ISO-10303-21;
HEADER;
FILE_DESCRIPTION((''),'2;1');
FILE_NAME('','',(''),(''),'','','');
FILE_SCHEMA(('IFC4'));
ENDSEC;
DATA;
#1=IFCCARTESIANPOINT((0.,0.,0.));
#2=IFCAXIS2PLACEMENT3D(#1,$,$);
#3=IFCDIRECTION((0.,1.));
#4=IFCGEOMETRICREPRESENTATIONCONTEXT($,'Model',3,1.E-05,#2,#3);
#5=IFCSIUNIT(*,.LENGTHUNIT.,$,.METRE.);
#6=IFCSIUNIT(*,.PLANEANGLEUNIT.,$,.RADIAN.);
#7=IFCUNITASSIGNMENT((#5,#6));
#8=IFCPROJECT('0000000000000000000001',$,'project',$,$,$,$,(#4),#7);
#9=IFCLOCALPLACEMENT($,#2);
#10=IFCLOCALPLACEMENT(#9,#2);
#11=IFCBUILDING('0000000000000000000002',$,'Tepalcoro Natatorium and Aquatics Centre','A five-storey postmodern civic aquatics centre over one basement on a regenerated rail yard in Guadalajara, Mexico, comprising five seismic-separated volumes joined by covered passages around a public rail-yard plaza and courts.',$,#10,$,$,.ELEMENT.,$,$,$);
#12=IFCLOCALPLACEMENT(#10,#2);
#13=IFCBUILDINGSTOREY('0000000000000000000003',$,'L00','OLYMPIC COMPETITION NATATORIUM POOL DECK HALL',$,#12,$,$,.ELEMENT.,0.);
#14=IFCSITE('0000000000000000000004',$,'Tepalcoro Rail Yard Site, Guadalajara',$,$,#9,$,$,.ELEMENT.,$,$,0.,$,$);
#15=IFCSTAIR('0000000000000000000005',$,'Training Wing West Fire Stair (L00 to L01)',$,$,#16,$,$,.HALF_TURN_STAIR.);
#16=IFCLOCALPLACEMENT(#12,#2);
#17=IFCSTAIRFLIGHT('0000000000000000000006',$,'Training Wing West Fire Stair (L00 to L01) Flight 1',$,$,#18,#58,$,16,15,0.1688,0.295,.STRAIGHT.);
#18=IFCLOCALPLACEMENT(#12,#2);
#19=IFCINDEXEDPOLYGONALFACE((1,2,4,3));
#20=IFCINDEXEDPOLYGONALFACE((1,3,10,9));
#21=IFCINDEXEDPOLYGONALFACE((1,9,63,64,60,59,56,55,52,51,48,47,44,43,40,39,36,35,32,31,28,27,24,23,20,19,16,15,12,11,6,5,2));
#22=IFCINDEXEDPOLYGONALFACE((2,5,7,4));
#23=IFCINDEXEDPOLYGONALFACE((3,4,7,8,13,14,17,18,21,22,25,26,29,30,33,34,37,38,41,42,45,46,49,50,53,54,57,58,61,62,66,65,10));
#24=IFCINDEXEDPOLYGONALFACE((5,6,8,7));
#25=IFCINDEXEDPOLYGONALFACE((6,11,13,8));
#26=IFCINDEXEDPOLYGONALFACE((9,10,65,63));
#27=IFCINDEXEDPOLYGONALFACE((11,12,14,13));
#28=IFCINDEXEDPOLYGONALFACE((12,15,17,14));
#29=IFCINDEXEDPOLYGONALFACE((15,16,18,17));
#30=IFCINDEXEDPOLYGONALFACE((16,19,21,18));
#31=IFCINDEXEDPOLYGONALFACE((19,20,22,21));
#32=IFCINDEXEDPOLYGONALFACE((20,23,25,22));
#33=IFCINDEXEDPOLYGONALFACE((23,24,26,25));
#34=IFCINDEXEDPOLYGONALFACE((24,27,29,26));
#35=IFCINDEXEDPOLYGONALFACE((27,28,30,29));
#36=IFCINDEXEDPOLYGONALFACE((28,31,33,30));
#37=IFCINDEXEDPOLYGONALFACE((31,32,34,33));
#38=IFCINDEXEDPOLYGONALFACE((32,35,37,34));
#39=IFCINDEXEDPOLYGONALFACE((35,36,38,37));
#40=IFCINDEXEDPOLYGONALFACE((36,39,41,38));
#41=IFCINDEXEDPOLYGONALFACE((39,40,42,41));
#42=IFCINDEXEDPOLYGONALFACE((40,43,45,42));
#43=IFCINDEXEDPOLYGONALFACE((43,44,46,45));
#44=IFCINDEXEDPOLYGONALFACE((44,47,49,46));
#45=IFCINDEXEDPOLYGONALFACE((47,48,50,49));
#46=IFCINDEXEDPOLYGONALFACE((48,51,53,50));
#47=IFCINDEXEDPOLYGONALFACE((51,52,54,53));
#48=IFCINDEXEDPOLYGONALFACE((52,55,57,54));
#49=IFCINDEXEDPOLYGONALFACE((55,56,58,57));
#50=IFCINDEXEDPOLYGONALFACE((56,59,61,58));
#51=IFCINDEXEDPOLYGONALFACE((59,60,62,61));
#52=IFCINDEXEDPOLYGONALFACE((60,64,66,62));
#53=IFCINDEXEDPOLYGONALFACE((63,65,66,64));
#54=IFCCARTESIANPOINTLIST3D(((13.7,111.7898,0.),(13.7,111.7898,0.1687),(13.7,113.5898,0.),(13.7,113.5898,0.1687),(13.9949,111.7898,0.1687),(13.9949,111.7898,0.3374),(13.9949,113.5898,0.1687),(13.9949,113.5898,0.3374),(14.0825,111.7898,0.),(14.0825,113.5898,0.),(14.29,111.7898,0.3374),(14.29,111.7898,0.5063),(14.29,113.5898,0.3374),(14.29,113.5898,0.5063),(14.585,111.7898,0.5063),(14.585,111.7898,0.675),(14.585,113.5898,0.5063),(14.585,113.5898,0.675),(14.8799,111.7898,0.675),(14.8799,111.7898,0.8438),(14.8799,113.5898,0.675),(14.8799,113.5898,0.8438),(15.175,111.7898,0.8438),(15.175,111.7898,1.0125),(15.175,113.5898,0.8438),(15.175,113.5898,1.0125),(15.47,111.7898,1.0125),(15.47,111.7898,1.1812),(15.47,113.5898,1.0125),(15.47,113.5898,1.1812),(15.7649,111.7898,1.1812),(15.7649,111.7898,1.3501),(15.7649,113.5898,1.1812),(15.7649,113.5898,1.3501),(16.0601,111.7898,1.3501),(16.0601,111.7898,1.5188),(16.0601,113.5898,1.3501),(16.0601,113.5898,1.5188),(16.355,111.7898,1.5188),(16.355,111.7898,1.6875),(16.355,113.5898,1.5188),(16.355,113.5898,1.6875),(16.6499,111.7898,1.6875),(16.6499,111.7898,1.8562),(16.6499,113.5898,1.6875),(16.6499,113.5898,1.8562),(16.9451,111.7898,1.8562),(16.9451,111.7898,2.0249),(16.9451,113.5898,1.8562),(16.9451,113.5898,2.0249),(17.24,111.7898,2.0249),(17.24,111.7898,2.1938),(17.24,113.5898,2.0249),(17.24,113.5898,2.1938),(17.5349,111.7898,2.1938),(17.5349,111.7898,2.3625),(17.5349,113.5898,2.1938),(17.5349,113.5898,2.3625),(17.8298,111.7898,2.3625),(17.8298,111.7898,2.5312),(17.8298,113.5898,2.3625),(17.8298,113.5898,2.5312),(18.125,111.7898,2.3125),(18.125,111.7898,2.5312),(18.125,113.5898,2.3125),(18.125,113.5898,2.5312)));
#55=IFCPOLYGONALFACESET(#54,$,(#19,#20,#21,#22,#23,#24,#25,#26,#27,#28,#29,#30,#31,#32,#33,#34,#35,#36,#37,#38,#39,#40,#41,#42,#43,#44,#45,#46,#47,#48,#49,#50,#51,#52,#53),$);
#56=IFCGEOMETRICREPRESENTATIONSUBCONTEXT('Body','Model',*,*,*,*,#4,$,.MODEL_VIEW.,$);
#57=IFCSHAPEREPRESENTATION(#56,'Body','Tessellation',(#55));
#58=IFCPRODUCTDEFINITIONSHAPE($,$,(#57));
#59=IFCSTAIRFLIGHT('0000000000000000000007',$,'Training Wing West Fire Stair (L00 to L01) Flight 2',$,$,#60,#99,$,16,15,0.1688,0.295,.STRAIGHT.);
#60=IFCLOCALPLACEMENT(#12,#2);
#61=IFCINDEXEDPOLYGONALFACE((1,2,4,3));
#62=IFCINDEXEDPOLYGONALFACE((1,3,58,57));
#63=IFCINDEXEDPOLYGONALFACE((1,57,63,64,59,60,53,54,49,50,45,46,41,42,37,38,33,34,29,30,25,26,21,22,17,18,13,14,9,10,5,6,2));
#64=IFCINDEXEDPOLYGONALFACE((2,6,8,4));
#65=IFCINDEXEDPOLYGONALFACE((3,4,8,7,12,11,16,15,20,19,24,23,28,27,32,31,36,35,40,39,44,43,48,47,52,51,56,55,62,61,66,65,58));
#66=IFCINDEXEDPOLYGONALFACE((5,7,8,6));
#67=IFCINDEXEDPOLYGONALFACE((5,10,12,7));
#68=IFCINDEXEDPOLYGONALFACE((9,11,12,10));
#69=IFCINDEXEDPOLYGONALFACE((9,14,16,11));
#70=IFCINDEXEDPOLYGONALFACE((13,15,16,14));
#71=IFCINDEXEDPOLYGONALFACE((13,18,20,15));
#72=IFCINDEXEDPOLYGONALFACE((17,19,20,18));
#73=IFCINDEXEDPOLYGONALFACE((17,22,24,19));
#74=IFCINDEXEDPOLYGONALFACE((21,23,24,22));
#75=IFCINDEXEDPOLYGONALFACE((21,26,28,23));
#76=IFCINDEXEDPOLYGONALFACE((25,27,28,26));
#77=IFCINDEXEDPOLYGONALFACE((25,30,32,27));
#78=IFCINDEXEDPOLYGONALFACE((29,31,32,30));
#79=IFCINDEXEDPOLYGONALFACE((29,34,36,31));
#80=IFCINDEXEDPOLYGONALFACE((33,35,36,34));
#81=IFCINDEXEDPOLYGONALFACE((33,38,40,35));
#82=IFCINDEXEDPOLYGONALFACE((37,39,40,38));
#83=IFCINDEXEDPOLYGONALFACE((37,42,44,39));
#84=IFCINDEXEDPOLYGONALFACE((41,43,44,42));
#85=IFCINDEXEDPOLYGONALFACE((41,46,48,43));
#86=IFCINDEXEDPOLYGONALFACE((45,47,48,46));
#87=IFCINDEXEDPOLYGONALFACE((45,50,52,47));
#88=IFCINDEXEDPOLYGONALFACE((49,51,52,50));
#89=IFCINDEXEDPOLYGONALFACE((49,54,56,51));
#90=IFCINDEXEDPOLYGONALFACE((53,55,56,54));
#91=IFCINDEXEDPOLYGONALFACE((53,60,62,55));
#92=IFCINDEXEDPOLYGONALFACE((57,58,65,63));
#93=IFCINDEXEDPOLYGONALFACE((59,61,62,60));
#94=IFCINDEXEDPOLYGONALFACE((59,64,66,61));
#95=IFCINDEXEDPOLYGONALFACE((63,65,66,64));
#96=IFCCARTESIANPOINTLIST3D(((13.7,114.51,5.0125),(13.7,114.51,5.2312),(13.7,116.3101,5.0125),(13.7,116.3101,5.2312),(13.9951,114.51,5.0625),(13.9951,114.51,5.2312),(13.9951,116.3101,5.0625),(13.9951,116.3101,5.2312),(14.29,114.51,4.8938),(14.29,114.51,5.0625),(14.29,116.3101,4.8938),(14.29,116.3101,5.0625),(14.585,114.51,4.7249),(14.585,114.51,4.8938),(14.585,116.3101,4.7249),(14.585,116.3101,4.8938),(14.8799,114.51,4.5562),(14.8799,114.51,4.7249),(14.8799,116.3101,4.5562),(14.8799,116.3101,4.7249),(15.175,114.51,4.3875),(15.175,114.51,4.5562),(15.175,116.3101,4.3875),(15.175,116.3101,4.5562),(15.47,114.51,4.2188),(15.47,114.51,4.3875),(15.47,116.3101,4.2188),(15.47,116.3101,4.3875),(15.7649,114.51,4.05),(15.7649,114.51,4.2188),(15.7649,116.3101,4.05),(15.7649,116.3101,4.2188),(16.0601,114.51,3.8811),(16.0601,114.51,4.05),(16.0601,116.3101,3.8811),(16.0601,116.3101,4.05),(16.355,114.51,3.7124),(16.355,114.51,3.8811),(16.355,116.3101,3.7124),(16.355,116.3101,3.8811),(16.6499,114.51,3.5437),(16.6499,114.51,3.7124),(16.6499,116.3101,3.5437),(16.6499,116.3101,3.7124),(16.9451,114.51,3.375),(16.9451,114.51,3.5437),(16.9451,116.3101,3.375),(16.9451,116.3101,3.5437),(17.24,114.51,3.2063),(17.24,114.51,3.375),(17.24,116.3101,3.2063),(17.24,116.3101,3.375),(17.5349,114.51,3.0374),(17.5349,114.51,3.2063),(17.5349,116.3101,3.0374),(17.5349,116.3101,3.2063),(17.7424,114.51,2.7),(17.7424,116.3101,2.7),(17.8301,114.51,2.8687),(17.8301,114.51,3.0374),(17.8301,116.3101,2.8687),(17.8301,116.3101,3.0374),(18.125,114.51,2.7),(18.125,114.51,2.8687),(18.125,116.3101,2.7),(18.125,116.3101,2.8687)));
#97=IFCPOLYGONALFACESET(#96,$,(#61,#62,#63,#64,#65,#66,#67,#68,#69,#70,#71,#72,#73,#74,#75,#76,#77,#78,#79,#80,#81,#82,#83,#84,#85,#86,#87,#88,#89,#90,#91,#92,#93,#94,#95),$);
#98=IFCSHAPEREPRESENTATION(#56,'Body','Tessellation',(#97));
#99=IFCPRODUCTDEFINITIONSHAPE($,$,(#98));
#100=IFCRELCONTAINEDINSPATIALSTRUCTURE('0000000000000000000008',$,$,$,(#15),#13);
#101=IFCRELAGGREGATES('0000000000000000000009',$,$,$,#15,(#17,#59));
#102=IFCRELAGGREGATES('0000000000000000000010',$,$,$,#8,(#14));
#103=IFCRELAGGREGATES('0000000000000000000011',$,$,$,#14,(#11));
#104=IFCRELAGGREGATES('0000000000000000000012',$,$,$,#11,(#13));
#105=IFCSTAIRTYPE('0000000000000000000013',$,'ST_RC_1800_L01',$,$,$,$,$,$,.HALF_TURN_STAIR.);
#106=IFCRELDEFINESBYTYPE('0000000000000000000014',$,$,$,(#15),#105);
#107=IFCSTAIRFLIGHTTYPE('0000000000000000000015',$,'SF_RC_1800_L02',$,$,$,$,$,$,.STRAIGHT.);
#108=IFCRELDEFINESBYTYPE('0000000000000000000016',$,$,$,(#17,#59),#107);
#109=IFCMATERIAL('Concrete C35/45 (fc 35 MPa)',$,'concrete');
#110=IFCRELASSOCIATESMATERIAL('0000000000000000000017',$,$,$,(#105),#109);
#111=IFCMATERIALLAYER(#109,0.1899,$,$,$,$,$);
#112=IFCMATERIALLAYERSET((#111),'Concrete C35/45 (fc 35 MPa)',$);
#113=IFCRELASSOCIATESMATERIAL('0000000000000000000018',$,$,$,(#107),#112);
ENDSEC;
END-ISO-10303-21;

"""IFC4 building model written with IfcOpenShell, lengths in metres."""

from ifc_helpers import new_model, si_unit, direction, frame, origin, place, context, subcontext, project, spatial, polyline, outline, extrude, material, layer, layer_set, type_object, element, aggregate, save


model = new_model("IFC4")

# Units and contexts
model_context = context("Model", 3, precision=1e-05, world=origin(), true_north=direction((0.0, 1.0)))
body_context = subcontext(model_context, "Body", "Model", "MODEL_VIEW")
ifc_project = project(units=[si_unit("LENGTHUNIT", "METRE"), si_unit("PLANEANGLEUNIT", "RADIAN")], contexts=[model_context])

# Site, building, storey
site_placement = place(None, origin())
site = spatial("IfcSite", under=ifc_project, at=site_placement, Name="Tepalcoro Rail Yard Site, Guadalajara", CompositionType="ELEMENT", RefElevation=0.0)
building_placement = place(site_placement, origin())
building = spatial("IfcBuilding", under=site, at=building_placement, Name="Tepalcoro Natatorium and Aquatics Centre", Description="A five-storey postmodern civic aquatics centre over one basement on a regenerated rail yard in Guadalajara, Mexico, comprising five seismic-separated volumes joined by covered passages around a public rail-yard plaza and courts.", CompositionType="ELEMENT")
storey_placement = place(building_placement, origin())
storey = spatial("IfcBuildingStorey", under=building, at=storey_placement, Name="L00", Description="OLYMPIC COMPETITION NATATORIUM POOL DECK HALL", CompositionType="ELEMENT", Elevation=0.0)

# Stair, stair flights
ifc_material_1 = material(Name="Concrete C35/45 (fc 35 MPa)", Category="concrete")
stair_type = type_object("IfcStairType", Name="ST_RC_1800_L01", PredefinedType="HALF_TURN_STAIR", material=ifc_material_1)
stair_placement = place(storey_placement, origin())
stair = element("IfcStair", 1, at=stair_placement, inside=storey, type_object=stair_type, Name="Training Wing West Fire Stair (L00 to L01)", PredefinedType="HALF_TURN_STAIR")
ifc_layer_1 = layer(ifc_material_1, 0.1899)
ifc_layer_set_1 = layer_set([ifc_layer_1], Name="Concrete C35/45 (fc 35 MPa)")
stair_flight_type = type_object("IfcStairFlightType", Name="SF_RC_1800_L02", PredefinedType="STRAIGHT", material=ifc_layer_set_1)
stair_flight_1_placement = place(storey_placement, frame((13.7, 112.6899, 0.0), z_axis=(0.0, 0.0, 1.0), x_axis=(1.0, 0.0, 0.0)))
stair_flight_1 = element("IfcStairFlight", 2, at=stair_flight_1_placement, type_object=stair_flight_type, Name="Training Wing West Fire Stair (L00 to L01) Flight 1", NumberOfRisers=16, NumberOfTreads=15, PredefinedType="STRAIGHT", RiserHeight=0.1688, TreadLength=0.295, context=body_context, shape_type="SweptSolid", body=[
    extrude(outline(polyline([(0.0, 0.0), (0.0, 0.1687), (0.2949, 0.1687), (0.2949, 0.3374), (0.5901, 0.3374), (0.5901, 0.5063), (0.885, 0.5063), (0.885, 0.675), (1.1799, 0.675), (1.1799, 0.8438), (1.4751, 0.8438), (1.4751, 1.0125), (1.77, 1.0125), (1.77, 1.1812), (2.0649, 1.1812), (2.0649, 1.3501), (2.3601, 1.3501), (2.3601, 1.5188), (2.655, 1.5188), (2.655, 1.6875), (2.95, 1.6875), (2.95, 1.8562), (3.2451, 1.8562), (3.2451, 2.0249), (3.54, 2.0249), (3.54, 2.1938), (3.835, 2.1938), (3.835, 2.3625), (4.1299, 2.3625), (4.1299, 2.5312), (4.425, 2.5312), (4.425, 2.7), (4.425, 2.3125), (0.3826, 0.0), (0.0, 0.0)])), frame((0.0, 0.8999, 0.0), z_axis=(0.0, -1.0, 0.0), x_axis=(1.0, 0.0, 0.0)), (0.0, 0.0, 1.0), 1.8),
])
stair_flight_2_placement = place(storey_placement, frame((18.125, 115.4099, 2.7), z_axis=(0.0, 0.0, 1.0), x_axis=(-1.0, 0.0, 0.0)))
stair_flight_2 = element("IfcStairFlight", 3, at=stair_flight_2_placement, type_object=stair_flight_type, Name="Training Wing West Fire Stair (L00 to L01) Flight 2", NumberOfRisers=16, NumberOfTreads=15, PredefinedType="STRAIGHT", RiserHeight=0.1688, TreadLength=0.295, context=body_context, shape_type="SweptSolid", body=[
    extrude(outline(polyline([(0.0, 0.0), (0.0, 0.1687), (0.2949, 0.1687), (0.2949, 0.3374), (0.5901, 0.3374), (0.5901, 0.5063), (0.885, 0.5063), (0.885, 0.675), (1.1799, 0.675), (1.1799, 0.8438), (1.4751, 0.8438), (1.4751, 1.0125), (1.77, 1.0125), (1.77, 1.1812), (2.0649, 1.1812), (2.0649, 1.3501), (2.3601, 1.3501), (2.3601, 1.5188), (2.655, 1.5188), (2.655, 1.6875), (2.95, 1.6875), (2.95, 1.8562), (3.2451, 1.8562), (3.2451, 2.0249), (3.54, 2.0249), (3.54, 2.1938), (3.835, 2.1938), (3.835, 2.3625), (4.1299, 2.3625), (4.1299, 2.5312), (4.425, 2.5312), (4.425, 2.7), (4.425, 2.3125), (0.3826, 0.0), (0.0, 0.0)])), frame((0.0, 0.8999, 0.0), z_axis=(0.0, -1.0, 0.0), x_axis=(1.0, 0.0, 0.0)), (0.0, 0.0, 1.0), 1.8),
])
aggregate(stair, [stair_flight_1, stair_flight_2])

save(model, "model.ifc")
